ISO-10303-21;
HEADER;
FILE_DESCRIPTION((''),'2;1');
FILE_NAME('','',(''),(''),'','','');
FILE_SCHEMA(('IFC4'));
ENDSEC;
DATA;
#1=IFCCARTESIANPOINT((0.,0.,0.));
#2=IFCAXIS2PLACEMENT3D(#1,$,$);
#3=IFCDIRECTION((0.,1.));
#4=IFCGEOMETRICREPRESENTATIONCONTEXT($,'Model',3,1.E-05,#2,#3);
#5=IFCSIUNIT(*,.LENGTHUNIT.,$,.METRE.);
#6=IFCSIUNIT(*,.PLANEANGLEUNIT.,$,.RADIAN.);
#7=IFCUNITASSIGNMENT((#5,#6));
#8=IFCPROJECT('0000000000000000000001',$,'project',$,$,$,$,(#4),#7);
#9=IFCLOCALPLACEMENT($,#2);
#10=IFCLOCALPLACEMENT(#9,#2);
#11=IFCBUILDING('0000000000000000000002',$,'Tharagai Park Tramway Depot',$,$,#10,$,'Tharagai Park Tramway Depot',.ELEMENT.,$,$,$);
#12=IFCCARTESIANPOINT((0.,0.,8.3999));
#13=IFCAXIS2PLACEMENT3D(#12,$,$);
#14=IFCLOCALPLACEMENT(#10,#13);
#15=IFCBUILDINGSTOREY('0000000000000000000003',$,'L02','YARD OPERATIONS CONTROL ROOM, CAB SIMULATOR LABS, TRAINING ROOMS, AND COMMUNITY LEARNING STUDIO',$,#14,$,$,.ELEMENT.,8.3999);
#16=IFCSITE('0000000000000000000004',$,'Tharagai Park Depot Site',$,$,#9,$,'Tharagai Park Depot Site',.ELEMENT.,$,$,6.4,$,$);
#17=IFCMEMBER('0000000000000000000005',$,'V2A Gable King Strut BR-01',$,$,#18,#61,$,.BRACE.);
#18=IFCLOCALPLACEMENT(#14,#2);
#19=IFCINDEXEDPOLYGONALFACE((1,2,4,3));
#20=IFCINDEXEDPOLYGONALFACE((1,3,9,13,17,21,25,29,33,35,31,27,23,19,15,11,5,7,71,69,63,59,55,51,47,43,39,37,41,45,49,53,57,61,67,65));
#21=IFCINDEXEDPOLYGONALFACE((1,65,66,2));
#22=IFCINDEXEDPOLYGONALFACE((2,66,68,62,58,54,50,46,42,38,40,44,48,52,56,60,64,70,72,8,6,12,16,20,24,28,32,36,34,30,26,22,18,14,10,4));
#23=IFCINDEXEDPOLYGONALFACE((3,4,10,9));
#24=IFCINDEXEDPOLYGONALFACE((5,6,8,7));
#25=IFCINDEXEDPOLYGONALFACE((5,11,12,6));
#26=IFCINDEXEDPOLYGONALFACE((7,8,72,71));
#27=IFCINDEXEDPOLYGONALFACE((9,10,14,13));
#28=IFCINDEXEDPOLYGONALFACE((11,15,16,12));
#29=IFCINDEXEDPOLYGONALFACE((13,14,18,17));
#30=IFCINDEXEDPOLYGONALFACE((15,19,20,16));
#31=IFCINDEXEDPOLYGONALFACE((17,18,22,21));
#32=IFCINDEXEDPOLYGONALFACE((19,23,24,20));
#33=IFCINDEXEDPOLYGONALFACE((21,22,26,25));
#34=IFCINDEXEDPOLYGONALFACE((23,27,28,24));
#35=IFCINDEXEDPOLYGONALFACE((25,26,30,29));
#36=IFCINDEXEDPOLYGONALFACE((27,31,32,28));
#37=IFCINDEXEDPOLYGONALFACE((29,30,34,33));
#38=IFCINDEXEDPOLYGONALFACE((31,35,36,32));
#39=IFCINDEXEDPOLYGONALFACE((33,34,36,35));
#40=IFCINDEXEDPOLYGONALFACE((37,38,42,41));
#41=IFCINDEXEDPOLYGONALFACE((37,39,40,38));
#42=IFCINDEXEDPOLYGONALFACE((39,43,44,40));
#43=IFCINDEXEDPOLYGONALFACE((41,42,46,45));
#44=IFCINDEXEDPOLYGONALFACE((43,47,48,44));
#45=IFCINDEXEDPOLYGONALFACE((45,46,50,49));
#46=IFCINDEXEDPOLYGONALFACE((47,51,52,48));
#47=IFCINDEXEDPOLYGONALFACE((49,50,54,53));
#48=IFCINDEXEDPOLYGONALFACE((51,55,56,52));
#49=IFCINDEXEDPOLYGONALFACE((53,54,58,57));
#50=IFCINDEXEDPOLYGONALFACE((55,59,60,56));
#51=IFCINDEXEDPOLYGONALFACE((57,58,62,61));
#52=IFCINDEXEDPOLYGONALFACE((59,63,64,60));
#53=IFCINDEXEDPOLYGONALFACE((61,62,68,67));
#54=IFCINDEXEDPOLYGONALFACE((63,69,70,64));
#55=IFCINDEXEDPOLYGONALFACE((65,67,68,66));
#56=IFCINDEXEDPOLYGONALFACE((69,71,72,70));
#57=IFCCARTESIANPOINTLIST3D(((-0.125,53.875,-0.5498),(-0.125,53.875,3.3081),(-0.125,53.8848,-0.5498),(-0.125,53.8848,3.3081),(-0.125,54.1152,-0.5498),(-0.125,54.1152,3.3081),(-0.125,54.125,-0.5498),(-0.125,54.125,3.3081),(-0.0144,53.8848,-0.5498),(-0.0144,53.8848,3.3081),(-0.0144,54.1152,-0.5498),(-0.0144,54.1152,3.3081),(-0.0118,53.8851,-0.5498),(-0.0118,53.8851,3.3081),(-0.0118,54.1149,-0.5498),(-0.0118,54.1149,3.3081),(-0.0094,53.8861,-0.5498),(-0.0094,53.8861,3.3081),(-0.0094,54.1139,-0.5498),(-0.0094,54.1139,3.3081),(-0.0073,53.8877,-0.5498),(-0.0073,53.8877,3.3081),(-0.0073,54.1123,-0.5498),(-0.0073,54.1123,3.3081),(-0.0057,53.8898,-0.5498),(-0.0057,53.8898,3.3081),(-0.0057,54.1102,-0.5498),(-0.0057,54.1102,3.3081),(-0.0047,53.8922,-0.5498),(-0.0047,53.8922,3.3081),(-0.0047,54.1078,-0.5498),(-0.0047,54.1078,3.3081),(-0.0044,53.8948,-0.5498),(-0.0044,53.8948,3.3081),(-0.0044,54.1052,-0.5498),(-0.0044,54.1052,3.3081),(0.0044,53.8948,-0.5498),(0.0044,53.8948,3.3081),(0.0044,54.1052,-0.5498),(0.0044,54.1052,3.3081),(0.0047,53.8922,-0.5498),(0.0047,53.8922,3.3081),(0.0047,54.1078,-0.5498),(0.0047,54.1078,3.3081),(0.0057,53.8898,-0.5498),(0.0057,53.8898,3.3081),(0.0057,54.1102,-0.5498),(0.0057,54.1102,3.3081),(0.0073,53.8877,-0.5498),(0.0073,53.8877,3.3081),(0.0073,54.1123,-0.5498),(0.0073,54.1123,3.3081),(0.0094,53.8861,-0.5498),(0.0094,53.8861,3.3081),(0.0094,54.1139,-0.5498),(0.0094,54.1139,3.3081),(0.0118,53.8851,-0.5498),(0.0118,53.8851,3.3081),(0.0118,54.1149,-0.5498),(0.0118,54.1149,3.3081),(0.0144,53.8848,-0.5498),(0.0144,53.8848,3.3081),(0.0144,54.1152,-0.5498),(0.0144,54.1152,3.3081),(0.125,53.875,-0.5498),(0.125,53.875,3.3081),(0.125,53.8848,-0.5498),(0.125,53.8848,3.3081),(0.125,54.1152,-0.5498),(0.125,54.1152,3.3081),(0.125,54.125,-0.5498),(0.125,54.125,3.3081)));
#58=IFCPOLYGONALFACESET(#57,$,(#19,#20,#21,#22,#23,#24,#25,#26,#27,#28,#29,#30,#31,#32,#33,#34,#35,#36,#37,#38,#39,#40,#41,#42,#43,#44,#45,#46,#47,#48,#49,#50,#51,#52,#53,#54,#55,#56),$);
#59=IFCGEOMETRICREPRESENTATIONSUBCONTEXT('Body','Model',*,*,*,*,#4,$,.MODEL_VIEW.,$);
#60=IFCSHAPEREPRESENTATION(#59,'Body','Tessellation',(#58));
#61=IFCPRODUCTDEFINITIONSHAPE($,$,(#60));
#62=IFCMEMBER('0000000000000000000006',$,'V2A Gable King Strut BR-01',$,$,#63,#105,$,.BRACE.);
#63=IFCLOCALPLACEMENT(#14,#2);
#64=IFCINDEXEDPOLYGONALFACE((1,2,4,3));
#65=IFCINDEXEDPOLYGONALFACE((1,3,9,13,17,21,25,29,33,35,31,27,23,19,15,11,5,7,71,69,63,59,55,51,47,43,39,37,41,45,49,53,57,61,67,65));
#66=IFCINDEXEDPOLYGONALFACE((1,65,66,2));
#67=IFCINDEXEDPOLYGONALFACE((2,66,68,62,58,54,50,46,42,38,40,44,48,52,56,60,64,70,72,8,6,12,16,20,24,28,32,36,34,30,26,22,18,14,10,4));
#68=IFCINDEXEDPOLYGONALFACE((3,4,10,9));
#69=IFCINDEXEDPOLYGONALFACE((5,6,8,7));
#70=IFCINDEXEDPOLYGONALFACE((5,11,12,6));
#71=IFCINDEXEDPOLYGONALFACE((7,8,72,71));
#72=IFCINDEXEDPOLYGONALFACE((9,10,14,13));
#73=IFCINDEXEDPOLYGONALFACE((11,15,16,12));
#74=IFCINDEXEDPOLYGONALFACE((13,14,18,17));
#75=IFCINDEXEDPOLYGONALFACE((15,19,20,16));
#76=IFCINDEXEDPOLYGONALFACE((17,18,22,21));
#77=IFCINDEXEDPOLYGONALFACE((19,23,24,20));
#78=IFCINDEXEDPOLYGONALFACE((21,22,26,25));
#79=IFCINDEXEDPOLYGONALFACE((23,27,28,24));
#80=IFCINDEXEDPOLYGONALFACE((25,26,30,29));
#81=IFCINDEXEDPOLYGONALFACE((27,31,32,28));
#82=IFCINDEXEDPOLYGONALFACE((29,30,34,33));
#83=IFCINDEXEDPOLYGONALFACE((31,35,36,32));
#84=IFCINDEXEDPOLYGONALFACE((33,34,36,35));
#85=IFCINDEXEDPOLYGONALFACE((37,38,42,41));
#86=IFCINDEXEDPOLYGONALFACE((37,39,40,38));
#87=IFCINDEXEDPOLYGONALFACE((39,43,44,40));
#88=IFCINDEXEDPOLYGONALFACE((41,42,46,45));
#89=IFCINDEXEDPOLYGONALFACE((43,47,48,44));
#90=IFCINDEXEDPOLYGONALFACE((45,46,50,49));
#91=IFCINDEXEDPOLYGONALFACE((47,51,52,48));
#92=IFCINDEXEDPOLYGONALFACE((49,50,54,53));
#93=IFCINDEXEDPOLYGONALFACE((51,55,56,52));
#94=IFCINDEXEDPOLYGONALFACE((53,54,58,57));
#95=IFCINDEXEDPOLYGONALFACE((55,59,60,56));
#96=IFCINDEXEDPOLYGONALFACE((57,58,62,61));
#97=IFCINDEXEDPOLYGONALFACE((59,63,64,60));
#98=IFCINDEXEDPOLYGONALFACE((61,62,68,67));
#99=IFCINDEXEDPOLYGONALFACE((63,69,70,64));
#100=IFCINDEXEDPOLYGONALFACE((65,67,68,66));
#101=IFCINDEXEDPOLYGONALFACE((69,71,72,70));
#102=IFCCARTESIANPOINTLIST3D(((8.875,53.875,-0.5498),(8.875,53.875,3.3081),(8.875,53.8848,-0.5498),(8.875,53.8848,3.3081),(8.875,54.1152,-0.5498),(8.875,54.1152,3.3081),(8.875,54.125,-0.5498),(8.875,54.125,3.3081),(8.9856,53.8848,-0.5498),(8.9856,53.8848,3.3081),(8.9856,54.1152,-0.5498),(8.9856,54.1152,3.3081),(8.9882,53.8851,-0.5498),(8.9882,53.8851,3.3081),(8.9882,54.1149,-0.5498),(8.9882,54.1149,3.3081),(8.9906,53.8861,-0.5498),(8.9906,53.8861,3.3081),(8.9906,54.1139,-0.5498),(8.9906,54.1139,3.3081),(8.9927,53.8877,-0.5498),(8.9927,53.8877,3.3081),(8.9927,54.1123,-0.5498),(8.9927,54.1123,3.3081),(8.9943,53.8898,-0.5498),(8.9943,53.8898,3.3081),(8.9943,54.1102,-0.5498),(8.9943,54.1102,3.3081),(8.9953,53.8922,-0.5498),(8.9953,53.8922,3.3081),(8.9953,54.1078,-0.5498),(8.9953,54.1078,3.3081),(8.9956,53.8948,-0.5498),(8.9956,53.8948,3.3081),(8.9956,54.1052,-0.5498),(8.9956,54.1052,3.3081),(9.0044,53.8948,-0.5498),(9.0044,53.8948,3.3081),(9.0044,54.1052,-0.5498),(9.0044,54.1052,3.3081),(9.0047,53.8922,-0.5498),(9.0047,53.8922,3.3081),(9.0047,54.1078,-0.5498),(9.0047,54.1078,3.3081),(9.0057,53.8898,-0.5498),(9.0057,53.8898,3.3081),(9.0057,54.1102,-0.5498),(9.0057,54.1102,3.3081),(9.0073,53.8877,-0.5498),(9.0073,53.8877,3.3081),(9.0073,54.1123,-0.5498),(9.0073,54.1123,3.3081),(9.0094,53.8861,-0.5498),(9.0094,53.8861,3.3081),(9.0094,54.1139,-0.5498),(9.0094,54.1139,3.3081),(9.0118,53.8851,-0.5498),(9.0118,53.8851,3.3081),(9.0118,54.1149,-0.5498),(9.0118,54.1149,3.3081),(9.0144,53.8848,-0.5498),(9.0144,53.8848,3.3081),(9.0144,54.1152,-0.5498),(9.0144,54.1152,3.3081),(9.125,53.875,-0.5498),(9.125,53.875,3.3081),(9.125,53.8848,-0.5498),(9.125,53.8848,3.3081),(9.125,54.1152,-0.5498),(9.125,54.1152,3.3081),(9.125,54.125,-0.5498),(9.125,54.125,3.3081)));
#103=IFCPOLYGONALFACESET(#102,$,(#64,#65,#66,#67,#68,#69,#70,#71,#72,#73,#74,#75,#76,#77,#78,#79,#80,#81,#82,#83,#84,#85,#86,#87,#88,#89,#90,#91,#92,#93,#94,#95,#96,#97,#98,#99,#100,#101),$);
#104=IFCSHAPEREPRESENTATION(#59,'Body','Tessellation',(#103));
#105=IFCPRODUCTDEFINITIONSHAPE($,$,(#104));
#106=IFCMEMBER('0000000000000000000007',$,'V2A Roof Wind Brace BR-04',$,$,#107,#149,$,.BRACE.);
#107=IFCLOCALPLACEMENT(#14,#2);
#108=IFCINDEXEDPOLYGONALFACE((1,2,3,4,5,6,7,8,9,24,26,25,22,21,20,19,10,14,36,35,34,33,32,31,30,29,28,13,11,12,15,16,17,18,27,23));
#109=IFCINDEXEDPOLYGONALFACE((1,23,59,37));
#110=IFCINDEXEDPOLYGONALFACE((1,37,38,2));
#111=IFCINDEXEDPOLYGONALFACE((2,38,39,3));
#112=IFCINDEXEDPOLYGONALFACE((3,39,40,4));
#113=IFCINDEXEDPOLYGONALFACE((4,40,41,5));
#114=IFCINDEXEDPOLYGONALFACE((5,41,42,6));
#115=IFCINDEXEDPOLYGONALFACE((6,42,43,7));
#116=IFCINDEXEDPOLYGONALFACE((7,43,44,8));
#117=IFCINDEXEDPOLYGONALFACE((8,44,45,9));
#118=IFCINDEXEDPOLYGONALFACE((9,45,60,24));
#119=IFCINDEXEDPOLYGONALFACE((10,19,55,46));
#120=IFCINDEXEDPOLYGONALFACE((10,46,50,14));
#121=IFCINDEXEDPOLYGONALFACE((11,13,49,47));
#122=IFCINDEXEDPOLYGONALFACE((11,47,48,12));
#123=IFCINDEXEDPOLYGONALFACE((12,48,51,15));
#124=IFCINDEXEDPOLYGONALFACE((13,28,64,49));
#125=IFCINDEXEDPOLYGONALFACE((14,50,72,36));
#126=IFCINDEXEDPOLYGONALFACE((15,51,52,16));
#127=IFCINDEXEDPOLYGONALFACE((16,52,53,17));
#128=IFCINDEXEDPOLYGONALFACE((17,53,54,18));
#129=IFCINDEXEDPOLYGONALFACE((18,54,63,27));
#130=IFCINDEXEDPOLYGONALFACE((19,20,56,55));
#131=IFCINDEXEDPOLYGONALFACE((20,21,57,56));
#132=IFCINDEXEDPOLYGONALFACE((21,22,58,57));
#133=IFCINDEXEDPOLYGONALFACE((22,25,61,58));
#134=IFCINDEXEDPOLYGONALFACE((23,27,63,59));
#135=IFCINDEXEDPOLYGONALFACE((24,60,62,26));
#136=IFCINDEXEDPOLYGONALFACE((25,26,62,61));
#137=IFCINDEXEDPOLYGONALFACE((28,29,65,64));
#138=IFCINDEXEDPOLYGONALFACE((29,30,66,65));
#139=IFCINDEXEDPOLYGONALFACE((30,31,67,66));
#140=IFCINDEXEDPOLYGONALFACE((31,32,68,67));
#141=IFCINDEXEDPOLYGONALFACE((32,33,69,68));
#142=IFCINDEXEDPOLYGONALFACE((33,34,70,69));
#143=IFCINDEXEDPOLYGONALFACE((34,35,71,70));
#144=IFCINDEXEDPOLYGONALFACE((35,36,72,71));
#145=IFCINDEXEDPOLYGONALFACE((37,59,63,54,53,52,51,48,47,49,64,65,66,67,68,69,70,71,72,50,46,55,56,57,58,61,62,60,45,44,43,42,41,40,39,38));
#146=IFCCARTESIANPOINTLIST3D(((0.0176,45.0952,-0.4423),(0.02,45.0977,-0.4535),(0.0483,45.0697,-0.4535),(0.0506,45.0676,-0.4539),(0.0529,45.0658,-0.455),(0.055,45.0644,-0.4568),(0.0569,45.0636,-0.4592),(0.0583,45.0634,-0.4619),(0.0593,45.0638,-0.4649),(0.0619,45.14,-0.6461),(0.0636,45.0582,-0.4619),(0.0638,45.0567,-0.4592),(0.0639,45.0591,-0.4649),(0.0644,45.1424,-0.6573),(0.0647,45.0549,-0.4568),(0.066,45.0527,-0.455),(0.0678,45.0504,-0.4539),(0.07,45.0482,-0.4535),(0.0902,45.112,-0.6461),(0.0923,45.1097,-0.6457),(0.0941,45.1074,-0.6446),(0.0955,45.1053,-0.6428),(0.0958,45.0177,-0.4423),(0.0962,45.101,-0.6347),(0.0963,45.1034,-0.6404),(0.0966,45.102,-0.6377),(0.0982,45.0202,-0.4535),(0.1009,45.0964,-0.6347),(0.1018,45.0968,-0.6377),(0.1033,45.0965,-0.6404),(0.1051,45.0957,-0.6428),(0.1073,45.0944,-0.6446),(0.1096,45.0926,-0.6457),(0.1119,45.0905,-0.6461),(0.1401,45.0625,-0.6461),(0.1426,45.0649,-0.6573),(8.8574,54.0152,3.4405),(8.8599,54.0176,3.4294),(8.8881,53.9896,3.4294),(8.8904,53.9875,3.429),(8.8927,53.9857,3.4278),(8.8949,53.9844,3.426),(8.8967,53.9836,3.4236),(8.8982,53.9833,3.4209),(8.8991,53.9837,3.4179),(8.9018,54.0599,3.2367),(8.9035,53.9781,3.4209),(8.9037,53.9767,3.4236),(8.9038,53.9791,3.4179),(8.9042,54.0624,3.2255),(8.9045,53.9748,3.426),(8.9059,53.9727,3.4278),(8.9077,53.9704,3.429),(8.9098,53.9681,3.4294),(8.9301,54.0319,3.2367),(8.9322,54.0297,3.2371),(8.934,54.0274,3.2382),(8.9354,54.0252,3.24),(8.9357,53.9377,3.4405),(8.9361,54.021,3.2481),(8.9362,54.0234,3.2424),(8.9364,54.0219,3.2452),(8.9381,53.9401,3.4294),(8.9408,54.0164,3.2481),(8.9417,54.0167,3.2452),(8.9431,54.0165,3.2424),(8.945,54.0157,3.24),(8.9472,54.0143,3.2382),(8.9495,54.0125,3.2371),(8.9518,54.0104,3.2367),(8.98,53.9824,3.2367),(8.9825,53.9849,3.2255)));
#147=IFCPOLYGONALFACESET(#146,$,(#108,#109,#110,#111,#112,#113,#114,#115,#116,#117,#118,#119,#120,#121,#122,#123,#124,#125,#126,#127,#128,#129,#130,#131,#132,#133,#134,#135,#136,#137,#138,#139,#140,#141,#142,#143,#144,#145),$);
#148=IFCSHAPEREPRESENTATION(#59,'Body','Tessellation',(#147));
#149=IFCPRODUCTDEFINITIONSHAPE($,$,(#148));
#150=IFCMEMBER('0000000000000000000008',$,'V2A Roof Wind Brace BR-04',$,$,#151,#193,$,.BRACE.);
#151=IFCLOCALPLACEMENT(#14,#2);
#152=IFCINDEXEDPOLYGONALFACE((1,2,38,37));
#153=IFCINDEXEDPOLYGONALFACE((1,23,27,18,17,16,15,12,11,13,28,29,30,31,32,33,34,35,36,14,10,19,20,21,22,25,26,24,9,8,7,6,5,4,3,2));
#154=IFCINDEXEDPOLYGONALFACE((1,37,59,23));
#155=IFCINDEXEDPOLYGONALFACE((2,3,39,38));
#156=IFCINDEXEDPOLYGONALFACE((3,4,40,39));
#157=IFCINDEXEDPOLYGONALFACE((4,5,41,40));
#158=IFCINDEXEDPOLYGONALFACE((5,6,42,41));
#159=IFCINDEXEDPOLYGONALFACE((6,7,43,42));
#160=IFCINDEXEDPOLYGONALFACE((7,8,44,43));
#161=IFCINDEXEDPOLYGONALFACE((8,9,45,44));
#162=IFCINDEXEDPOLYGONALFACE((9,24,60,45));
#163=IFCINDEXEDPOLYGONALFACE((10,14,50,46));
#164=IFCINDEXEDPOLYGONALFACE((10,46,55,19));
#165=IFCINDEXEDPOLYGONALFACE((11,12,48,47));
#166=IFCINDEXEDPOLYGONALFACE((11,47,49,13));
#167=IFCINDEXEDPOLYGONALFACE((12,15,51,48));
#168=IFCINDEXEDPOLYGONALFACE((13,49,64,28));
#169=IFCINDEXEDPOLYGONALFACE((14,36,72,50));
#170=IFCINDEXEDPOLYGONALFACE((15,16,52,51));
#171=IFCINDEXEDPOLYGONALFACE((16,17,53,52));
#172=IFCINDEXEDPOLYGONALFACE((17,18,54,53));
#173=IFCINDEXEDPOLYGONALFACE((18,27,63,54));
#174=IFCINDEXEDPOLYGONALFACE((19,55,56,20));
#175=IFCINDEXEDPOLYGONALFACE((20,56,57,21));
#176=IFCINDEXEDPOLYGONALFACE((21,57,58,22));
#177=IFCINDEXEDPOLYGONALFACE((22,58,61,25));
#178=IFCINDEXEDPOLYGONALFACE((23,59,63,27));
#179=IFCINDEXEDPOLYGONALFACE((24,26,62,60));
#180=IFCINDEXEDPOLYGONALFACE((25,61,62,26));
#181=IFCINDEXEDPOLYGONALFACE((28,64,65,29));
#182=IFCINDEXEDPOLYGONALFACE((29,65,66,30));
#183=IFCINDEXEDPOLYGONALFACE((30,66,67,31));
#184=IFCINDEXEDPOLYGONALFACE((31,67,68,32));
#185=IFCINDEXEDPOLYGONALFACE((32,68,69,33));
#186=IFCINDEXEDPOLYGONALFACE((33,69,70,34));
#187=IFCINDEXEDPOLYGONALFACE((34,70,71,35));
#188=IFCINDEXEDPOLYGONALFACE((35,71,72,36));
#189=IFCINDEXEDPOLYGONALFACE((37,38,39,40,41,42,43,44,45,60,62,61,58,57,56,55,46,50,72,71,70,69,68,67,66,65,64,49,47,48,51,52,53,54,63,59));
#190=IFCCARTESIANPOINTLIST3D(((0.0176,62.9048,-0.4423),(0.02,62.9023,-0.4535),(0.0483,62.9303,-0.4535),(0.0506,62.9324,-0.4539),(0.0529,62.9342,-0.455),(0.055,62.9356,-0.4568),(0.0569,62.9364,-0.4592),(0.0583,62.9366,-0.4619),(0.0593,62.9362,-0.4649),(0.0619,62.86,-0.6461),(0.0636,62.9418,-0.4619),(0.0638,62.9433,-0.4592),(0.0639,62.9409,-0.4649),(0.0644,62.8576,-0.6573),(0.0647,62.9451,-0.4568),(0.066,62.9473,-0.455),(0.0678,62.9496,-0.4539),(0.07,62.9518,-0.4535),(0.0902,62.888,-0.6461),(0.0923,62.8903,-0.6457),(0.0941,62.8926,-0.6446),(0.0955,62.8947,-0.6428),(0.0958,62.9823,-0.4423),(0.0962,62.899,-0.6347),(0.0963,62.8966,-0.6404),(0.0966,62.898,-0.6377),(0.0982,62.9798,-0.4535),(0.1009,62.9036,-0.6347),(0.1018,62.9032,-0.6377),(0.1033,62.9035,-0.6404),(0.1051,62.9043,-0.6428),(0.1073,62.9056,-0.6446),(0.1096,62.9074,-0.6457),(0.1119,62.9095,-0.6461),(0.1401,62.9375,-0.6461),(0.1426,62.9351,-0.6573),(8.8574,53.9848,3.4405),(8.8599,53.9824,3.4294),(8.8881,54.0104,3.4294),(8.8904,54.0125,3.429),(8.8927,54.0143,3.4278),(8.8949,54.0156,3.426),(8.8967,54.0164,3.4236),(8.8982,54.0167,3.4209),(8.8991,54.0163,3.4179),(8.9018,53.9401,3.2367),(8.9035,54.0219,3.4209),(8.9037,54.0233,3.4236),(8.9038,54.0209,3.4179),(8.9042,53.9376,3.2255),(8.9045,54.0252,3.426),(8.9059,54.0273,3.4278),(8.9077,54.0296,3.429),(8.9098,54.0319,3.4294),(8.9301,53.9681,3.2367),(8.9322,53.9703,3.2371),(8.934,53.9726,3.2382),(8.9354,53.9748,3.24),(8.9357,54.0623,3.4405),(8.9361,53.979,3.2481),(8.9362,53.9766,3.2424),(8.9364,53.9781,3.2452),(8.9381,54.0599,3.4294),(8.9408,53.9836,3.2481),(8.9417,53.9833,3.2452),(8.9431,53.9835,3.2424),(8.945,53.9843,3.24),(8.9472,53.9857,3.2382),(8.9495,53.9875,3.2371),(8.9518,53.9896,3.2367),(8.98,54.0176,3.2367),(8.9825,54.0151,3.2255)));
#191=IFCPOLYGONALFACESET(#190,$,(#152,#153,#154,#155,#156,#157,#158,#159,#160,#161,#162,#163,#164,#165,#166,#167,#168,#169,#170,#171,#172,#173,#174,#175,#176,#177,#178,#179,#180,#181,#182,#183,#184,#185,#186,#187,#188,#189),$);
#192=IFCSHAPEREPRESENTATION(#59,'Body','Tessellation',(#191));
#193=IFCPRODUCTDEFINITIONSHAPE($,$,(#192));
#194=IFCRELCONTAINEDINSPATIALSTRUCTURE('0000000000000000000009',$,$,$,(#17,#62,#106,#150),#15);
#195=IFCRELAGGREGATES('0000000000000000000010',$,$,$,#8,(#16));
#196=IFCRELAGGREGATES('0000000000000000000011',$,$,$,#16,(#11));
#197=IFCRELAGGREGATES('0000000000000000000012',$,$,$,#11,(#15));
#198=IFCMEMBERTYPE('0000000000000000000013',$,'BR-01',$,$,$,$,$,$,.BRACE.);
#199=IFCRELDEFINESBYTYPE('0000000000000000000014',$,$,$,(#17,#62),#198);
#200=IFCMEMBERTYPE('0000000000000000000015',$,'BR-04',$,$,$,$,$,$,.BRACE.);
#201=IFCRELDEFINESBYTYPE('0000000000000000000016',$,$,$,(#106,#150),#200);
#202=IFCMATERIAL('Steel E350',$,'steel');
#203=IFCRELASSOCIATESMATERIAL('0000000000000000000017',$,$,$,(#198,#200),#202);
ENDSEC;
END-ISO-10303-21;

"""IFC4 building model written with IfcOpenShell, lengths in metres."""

from ifc_helpers import new_model, si_unit, direction, frame, origin, origin_2d, place, context, subcontext, project, spatial, i_section, extrude, material, material_profile, profile_set, type_object, element, save


model = new_model("IFC4")

# Units and contexts
model_context = context("Model", 3, precision=1e-05, world=origin(), true_north=direction((0.0, 1.0)))
body_context = subcontext(model_context, "Body", "Model", "MODEL_VIEW")
ifc_project = project(units=[si_unit("LENGTHUNIT", "METRE"), si_unit("PLANEANGLEUNIT", "RADIAN")], contexts=[model_context])

# Site, building, storey
site_placement = place(None, origin())
site = spatial("IfcSite", under=ifc_project, at=site_placement, Name="Tharagai Park Depot Site", LongName="Tharagai Park Depot Site", CompositionType="ELEMENT", RefElevation=6.4)
building_placement = place(site_placement, origin())
building = spatial("IfcBuilding", under=site, at=building_placement, Name="Tharagai Park Tramway Depot", LongName="Tharagai Park Tramway Depot", CompositionType="ELEMENT")
storey_placement = place(building_placement, frame((0.0, 0.0, 8.3999)))
storey = spatial("IfcBuildingStorey", under=building, at=storey_placement, Name="L02", Description="YARD OPERATIONS CONTROL ROOM, CAB SIMULATOR LABS, TRAINING ROOMS, AND COMMUNITY LEARNING STUDIO", CompositionType="ELEMENT", Elevation=8.3999)

# Shared definitions
ifc_material_1 = material(Name="Steel E350", Category="steel")

# Members
ifc_material_profile_1 = material_profile(ifc_material_1, i_section(OverallWidth=0.25, OverallDepth=0.25, WebThickness=0.0088, FlangeThickness=0.0098, FilletRadius=0.01, at=origin_2d()), Name="ISHB 250")
ifc_profile_set_1 = profile_set([ifc_material_profile_1], Name="Steel E350")
member_type_1 = type_object("IfcMemberType", Name="BR-01", PredefinedType="BRACE", material=ifc_profile_set_1)
for number, where, z_axis, x_axis, name in (
    (1, (0.0, 54.0, -0.5498), (0.0, 0.0, 1.0), (1.0, 0.0, 0.0), "V2A Gable King Strut BR-01"),
    (2, (9.0, 54.0, -0.5498), (0.0, 0.0, 1.0), (1.0, 0.0, 0.0), "V2A Gable King Strut BR-01"),
):
    element("IfcMember", number, at=place(storey_placement, frame(where, z_axis=z_axis, x_axis=x_axis)), inside=storey, type_object=member_type_1, Name=name, PredefinedType="BRACE", context=body_context, shape_type="SweptSolid", body=[
        extrude(i_section(OverallWidth=0.25, OverallDepth=0.25, WebThickness=0.0088, FlangeThickness=0.0098, FilletRadius=0.01, at=origin_2d()), origin(), (0.0, 0.0, 1.0), 3.8579),
    ])
ifc_material_profile_2 = material_profile(ifc_material_1, i_section(OverallWidth=0.1101, OverallDepth=0.2251, WebThickness=0.0066, FlangeThickness=0.0117, FilletRadius=0.012, at=origin_2d()), Name="ISMB 225")
ifc_profile_set_2 = profile_set([ifc_material_profile_2], Name="Steel E350")
member_type_2 = type_object("IfcMemberType", Name="BR-04", PredefinedType="BRACE", material=ifc_profile_set_2)
for number, where, z_axis, x_axis, name in (
    (3, (0.0801, 45.0801, -0.5498), (0.672501, 0.678593, 0.295389), (-0.710288, 0.703911, 0.0), "V2A Roof Wind Brace BR-04"),
    (4, (0.0801, 62.9199, -0.5498), (0.672501, -0.678593, 0.295389), (0.710288, 0.703911, 0.0), "V2A Roof Wind Brace BR-04"),
):
    element("IfcMember", number, at=place(storey_placement, frame(where, z_axis=z_axis, x_axis=x_axis)), inside=storey, type_object=member_type_2, Name=name, PredefinedType="BRACE", context=body_context, shape_type="SweptSolid", body=[
        extrude(i_section(OverallWidth=0.1101, OverallDepth=0.2251, WebThickness=0.0066, FlangeThickness=0.0117, FilletRadius=0.012, at=origin_2d()), origin(), (0.0, 0.0, 1.0), 13.1448),
    ])

save(model, "model.ifc")
